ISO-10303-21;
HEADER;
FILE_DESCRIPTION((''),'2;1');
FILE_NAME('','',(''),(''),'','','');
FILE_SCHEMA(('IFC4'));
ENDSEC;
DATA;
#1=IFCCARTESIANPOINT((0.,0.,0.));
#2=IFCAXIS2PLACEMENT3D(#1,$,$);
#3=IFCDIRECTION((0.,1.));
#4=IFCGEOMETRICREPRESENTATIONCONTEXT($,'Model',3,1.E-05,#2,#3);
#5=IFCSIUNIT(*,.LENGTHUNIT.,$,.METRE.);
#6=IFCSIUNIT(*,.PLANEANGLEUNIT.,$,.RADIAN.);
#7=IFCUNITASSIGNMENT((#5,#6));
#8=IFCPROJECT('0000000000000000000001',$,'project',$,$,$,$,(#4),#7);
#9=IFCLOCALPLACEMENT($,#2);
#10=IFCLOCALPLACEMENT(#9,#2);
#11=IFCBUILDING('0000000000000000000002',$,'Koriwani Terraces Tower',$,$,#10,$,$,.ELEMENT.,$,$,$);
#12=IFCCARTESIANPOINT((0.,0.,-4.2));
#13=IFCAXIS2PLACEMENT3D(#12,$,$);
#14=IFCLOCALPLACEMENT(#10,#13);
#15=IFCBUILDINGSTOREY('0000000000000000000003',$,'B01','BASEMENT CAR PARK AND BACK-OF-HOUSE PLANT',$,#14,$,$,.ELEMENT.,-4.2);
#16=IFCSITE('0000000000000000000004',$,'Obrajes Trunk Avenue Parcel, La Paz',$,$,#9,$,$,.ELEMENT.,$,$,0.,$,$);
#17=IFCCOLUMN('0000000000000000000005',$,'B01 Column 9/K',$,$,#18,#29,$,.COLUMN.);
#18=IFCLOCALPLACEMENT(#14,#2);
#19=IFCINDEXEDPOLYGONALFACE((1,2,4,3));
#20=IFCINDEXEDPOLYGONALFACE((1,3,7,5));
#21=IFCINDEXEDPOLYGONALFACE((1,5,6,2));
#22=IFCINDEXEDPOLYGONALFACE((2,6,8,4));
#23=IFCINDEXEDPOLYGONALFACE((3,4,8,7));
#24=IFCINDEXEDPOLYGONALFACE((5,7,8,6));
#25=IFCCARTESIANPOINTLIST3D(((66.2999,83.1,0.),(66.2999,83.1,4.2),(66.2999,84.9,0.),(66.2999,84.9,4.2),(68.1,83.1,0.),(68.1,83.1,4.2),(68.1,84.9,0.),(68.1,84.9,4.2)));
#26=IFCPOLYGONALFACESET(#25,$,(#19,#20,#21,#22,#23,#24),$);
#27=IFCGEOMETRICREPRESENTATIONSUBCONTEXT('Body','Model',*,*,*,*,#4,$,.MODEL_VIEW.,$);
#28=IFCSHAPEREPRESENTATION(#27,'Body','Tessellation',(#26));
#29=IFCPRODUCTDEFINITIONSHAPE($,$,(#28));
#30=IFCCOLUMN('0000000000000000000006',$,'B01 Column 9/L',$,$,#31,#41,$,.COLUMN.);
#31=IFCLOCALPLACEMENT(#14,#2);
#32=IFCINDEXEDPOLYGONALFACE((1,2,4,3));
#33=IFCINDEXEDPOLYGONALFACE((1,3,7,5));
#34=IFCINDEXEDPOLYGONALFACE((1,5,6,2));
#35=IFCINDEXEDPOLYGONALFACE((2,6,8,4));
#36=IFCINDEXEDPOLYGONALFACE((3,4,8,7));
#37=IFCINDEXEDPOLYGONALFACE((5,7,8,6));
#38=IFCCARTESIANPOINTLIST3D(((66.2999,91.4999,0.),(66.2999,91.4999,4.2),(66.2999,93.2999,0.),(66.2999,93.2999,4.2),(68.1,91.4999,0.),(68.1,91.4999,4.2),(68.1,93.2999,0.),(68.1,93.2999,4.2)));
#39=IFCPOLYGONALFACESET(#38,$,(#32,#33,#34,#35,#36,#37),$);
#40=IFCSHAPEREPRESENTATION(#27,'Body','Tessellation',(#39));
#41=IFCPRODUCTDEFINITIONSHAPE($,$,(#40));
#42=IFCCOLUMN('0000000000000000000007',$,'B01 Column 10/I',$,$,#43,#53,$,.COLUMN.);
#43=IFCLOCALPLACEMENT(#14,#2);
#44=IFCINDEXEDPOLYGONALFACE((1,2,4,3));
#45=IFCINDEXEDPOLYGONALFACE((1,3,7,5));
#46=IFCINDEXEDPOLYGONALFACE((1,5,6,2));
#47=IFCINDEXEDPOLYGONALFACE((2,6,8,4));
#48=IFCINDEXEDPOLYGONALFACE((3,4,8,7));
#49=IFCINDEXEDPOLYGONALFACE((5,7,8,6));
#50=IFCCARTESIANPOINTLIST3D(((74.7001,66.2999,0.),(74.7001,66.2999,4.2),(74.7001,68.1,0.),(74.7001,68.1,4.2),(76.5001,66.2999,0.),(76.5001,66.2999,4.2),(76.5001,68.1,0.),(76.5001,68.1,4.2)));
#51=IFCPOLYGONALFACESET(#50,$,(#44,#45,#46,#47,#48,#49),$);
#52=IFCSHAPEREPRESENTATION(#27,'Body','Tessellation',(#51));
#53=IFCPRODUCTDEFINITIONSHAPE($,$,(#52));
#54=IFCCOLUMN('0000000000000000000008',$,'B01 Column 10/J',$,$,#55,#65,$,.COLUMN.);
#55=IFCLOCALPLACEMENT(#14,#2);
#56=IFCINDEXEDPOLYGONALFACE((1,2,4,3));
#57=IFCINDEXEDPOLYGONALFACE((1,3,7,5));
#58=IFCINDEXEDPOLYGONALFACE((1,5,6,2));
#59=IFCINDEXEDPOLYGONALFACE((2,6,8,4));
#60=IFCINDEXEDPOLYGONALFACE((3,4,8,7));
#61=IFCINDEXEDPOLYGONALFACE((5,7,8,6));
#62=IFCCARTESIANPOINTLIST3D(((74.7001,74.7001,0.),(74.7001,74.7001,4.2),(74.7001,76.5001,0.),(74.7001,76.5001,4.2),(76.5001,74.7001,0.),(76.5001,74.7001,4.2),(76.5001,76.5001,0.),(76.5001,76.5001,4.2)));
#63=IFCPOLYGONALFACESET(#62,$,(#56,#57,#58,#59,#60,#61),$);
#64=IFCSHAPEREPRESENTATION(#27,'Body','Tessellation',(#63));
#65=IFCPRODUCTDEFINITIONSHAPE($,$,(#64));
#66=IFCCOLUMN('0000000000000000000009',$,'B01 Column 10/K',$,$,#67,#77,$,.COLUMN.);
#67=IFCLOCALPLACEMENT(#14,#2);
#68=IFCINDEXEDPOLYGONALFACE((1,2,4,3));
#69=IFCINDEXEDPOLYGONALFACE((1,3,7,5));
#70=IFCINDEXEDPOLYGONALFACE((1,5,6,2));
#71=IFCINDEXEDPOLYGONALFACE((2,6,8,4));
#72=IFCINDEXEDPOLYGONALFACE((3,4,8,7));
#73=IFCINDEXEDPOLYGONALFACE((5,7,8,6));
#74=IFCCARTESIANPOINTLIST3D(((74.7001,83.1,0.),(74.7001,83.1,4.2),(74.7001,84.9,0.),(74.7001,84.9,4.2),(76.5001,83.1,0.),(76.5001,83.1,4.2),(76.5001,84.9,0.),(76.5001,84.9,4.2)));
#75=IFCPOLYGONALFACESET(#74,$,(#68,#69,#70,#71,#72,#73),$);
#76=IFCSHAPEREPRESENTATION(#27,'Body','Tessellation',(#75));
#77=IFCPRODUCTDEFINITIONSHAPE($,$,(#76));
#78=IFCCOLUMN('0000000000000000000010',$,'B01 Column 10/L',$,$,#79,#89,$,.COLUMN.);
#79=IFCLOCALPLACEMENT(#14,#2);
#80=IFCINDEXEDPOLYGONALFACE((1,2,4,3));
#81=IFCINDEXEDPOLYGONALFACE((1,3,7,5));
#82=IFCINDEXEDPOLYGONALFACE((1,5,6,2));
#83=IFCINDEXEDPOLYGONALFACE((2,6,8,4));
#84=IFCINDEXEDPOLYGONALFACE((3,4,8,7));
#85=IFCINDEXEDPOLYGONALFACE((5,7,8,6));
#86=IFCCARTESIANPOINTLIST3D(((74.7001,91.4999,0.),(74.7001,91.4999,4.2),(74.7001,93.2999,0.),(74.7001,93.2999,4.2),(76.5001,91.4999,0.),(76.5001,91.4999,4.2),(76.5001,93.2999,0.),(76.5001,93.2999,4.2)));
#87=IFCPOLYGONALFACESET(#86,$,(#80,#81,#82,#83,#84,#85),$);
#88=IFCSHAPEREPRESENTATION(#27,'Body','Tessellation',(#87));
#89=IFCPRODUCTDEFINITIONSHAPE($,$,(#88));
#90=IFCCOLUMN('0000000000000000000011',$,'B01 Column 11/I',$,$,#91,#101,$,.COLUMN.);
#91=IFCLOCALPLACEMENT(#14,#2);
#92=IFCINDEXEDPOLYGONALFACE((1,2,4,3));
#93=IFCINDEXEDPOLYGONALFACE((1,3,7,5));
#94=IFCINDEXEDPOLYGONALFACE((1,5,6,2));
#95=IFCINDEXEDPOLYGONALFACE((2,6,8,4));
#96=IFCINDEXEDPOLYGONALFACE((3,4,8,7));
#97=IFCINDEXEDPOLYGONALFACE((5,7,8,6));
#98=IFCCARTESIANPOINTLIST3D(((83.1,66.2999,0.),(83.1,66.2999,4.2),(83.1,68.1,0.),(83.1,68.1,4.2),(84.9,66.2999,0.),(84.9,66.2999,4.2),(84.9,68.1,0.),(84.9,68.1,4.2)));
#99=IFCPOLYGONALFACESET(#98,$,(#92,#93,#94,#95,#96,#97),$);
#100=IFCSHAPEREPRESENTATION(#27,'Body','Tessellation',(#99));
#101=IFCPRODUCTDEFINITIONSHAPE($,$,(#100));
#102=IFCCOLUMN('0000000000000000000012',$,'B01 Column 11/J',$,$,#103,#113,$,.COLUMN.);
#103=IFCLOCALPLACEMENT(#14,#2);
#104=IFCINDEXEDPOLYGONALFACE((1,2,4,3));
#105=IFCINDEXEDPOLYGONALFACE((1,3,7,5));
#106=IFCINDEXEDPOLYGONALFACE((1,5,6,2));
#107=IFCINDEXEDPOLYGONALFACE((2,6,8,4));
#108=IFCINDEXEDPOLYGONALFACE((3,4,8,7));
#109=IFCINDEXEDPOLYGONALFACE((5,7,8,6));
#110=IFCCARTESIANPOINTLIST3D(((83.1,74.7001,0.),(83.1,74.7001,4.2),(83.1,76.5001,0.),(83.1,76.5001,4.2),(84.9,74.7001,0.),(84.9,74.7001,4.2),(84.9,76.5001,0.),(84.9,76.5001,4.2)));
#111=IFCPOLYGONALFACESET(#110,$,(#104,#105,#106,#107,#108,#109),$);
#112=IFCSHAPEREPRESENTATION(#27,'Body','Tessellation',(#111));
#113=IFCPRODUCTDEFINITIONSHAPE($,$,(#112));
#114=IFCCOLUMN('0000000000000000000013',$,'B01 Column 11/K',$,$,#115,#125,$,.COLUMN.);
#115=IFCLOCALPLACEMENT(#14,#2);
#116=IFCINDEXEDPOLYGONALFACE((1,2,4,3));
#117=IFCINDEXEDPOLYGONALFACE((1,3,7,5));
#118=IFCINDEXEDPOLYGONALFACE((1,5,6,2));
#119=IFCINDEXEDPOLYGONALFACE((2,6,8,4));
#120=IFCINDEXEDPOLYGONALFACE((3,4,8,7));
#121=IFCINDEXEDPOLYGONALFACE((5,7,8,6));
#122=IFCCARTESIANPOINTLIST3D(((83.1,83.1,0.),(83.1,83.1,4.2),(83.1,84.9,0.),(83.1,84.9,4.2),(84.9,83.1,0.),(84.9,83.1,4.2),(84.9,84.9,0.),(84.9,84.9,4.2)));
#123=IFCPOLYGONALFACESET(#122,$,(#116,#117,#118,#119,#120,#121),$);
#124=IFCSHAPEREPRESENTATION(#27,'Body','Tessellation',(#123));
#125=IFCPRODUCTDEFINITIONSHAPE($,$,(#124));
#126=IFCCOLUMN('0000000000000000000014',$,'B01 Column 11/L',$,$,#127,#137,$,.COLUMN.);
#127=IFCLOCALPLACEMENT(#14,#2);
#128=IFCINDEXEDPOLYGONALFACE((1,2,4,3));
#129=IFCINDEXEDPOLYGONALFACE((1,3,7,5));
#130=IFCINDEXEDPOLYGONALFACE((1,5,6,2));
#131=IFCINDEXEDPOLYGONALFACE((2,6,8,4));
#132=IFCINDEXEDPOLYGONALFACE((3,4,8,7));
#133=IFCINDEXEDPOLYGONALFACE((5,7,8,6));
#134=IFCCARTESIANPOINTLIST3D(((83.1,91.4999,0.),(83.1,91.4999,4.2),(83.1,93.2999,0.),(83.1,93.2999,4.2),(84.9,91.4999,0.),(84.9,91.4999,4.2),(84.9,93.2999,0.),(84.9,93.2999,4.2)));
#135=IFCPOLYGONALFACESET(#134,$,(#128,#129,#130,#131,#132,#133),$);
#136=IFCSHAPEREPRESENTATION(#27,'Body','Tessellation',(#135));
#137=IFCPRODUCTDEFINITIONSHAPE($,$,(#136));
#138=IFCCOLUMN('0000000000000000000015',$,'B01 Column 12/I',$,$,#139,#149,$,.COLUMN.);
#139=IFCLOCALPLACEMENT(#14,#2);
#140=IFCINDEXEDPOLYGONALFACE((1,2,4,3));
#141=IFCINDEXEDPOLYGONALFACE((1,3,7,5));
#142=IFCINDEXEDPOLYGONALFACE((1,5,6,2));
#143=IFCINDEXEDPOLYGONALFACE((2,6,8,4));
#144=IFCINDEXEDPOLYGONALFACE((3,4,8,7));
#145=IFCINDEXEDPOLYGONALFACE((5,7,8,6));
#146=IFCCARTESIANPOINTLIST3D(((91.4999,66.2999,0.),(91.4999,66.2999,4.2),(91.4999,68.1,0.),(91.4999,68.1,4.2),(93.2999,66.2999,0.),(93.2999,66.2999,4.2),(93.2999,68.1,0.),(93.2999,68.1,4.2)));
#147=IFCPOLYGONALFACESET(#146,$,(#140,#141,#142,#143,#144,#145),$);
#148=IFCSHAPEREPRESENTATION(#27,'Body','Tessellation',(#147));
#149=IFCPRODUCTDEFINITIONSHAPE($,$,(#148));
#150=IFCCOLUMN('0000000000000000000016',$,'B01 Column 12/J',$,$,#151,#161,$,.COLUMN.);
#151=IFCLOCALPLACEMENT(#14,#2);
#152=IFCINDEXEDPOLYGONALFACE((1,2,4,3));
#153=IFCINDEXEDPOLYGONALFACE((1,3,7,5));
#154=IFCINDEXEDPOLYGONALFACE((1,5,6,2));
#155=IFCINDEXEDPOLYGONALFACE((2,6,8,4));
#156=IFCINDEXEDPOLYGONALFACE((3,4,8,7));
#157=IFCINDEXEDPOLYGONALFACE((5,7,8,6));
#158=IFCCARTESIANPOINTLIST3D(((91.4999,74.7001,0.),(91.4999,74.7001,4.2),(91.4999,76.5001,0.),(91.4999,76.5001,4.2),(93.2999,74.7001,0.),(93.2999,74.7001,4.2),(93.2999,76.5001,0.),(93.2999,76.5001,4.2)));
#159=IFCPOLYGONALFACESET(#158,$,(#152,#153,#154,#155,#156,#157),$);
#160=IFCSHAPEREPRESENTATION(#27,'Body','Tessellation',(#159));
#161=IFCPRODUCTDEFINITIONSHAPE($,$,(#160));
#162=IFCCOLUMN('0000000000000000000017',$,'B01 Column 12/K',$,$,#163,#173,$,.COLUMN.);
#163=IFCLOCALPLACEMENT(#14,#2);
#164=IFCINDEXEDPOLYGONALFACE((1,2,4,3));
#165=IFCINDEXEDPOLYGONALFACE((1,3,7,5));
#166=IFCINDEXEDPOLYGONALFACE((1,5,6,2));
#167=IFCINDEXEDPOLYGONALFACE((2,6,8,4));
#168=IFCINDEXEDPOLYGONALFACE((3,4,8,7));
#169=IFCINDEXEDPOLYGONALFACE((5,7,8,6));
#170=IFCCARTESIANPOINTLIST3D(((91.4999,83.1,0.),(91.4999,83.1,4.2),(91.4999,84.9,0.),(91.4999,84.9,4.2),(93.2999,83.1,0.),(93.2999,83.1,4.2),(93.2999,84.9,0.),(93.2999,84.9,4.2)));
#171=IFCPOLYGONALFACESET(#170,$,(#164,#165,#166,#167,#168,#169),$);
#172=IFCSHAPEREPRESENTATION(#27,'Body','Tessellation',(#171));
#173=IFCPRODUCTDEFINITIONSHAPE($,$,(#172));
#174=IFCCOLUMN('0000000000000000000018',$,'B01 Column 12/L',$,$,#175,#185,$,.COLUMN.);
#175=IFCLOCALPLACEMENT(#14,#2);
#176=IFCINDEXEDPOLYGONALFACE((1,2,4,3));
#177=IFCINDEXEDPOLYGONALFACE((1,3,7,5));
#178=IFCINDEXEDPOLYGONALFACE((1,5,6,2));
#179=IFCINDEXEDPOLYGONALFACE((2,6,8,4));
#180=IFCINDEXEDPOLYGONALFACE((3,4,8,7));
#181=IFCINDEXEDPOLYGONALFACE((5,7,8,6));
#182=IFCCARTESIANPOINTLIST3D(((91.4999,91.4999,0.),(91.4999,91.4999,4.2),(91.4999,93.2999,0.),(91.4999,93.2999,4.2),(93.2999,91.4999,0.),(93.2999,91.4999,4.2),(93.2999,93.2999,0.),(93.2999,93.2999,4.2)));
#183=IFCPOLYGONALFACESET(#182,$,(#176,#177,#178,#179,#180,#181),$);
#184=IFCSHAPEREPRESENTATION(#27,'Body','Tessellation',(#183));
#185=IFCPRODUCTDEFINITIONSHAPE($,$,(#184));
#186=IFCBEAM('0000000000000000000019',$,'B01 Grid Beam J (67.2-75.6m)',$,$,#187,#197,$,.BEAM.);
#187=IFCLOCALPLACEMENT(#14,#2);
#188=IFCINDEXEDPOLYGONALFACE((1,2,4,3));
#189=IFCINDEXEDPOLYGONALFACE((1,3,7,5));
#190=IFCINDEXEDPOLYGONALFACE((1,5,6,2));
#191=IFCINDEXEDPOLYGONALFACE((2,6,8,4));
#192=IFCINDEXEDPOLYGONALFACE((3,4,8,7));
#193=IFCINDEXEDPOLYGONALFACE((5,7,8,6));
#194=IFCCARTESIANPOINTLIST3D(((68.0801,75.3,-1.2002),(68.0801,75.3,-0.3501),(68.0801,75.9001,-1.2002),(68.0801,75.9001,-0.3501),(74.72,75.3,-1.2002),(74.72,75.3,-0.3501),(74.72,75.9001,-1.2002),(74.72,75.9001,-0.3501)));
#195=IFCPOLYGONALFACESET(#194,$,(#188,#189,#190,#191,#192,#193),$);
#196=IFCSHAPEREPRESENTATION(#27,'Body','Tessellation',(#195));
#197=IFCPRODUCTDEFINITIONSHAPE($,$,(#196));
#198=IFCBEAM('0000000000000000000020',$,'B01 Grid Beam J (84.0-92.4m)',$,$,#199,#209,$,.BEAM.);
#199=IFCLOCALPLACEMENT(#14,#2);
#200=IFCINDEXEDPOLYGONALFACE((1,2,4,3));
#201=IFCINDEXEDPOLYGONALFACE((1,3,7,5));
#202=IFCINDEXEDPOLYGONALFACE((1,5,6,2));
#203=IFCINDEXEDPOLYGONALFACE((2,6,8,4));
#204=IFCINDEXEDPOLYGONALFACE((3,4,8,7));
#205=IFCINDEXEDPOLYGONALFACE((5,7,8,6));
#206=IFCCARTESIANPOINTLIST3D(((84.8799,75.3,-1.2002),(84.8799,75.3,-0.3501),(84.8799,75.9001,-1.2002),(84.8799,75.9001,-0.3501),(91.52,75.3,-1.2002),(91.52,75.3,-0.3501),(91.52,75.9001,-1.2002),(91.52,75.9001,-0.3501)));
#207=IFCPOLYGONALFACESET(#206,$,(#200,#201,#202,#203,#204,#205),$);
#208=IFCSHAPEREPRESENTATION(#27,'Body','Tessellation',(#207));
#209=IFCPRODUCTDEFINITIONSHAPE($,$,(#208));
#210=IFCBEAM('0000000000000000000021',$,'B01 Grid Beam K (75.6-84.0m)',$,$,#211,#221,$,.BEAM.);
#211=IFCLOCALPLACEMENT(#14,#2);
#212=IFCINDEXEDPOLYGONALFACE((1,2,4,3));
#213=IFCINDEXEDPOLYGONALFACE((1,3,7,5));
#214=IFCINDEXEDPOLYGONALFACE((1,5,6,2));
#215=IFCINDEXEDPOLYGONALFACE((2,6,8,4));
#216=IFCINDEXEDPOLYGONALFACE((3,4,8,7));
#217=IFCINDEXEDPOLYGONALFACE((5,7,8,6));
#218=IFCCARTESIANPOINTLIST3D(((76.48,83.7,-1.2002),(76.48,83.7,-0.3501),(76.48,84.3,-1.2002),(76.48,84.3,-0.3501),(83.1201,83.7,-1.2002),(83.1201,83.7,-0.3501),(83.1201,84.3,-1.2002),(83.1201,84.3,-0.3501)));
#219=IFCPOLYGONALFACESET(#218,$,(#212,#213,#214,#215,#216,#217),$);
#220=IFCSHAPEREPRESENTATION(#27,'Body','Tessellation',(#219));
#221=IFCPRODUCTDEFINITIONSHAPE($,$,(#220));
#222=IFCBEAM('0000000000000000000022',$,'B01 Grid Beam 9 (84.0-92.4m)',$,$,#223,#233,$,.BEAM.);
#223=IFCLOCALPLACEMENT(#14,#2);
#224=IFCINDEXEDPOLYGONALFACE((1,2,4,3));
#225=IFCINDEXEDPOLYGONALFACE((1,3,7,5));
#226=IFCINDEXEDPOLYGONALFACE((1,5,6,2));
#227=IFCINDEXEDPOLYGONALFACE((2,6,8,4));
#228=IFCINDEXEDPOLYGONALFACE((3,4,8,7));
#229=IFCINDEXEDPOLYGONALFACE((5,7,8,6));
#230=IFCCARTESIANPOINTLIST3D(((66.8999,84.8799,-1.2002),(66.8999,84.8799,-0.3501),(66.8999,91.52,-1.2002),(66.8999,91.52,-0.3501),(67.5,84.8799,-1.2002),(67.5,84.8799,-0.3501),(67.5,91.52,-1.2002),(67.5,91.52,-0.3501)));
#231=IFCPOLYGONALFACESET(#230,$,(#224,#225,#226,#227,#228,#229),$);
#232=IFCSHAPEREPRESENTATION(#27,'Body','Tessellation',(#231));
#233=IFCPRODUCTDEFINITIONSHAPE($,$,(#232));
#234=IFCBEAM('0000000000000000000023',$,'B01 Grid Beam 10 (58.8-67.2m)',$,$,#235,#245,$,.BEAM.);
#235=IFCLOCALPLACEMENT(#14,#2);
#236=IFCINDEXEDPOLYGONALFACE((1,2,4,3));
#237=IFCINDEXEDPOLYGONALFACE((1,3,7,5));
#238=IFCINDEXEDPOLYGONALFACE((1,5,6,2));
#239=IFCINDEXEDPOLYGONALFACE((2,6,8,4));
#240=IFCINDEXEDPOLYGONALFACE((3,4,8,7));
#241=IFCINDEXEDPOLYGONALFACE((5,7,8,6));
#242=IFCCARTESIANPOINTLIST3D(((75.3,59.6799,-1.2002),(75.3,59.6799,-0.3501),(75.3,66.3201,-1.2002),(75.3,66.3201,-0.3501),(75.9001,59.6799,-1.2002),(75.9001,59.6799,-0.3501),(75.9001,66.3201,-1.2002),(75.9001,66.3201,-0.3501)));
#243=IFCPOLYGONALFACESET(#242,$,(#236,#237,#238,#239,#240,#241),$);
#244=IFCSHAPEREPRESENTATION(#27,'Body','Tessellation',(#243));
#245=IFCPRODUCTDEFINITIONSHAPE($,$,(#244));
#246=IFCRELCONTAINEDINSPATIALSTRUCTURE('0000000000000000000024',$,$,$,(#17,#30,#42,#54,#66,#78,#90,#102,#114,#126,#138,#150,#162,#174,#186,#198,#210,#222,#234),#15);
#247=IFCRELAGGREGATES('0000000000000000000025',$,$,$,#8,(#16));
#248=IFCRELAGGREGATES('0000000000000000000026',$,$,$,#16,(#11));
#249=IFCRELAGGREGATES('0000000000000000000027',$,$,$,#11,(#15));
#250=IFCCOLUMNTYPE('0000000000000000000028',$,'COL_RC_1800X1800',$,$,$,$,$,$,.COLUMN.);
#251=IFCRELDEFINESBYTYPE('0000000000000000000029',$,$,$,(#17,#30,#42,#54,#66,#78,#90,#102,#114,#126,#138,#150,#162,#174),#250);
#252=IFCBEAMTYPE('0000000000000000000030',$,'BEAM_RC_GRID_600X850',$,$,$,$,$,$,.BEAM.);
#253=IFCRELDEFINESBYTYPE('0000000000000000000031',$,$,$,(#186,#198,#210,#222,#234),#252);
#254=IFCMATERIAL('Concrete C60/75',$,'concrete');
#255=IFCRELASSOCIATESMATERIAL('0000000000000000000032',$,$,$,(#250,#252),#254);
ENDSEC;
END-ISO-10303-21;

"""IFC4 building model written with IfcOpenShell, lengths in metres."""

from ifc_helpers import new_model, si_unit, direction, frame, origin, origin_2d, place, context, subcontext, project, spatial, rectangle, extrude, material, material_profile, profile_set, type_object, element, save


model = new_model("IFC4")

# Units and contexts
model_context = context("Model", 3, precision=1e-05, world=origin(), true_north=direction((0.0, 1.0)))
body_context = subcontext(model_context, "Body", "Model", "MODEL_VIEW")
ifc_project = project(units=[si_unit("LENGTHUNIT", "METRE"), si_unit("PLANEANGLEUNIT", "RADIAN")], contexts=[model_context])

# Site, building, storey
site_placement = place(None, origin())
site = spatial("IfcSite", under=ifc_project, at=site_placement, Name="Obrajes Trunk Avenue Parcel, La Paz", CompositionType="ELEMENT", RefElevation=0.0)
building_placement = place(site_placement, origin())
building = spatial("IfcBuilding", under=site, at=building_placement, Name="Koriwani Terraces Tower", CompositionType="ELEMENT")
storey_placement = place(building_placement, frame((0.0, 0.0, -4.2)))
storey = spatial("IfcBuildingStorey", under=building, at=storey_placement, Name="B01", Description="BASEMENT CAR PARK AND BACK-OF-HOUSE PLANT", CompositionType="ELEMENT", Elevation=-4.2)

# Columns
ifc_material_1 = material(Name="Concrete C60/75", Category="concrete")
ifc_material_profile_1 = material_profile(ifc_material_1, rectangle(XDim=1.8, YDim=1.8, at=origin_2d()), Name="Concrete C60/75", Category="LoadBearing")
ifc_profile_set_1 = profile_set([ifc_material_profile_1], Name="Concrete C60/75")
column_type = type_object("IfcColumnType", Name="COL_RC_1800X1800", PredefinedType="COLUMN", material=ifc_profile_set_1)
for number, where, z_axis, x_axis, name in (
    (1, (67.2, 84.0, 0.0), (0.0, 0.0, 1.0), (1.0, 0.0, 0.0), "B01 Column 9/K"),
    (2, (67.2, 92.3999, 0.0), (0.0, 0.0, 1.0), (1.0, 0.0, 0.0), "B01 Column 9/L"),
    (3, (75.6001, 67.2, 0.0), (0.0, 0.0, 1.0), (1.0, 0.0, 0.0), "B01 Column 10/I"),
    (4, (75.6001, 75.6001, 0.0), (0.0, 0.0, 1.0), (1.0, 0.0, 0.0), "B01 Column 10/J"),
    (5, (75.6001, 84.0, 0.0), (0.0, 0.0, 1.0), (1.0, 0.0, 0.0), "B01 Column 10/K"),
    (6, (75.6001, 92.3999, 0.0), (0.0, 0.0, 1.0), (1.0, 0.0, 0.0), "B01 Column 10/L"),
    (7, (84.0, 67.2, 0.0), (0.0, 0.0, 1.0), (1.0, 0.0, 0.0), "B01 Column 11/I"),
    (8, (84.0, 75.6001, 0.0), (0.0, 0.0, 1.0), (1.0, 0.0, 0.0), "B01 Column 11/J"),
    (9, (84.0, 84.0, 0.0), (0.0, 0.0, 1.0), (1.0, 0.0, 0.0), "B01 Column 11/K"),
    (10, (84.0, 92.3999, 0.0), (0.0, 0.0, 1.0), (1.0, 0.0, 0.0), "B01 Column 11/L"),
    (11, (92.3999, 67.2, 0.0), (0.0, 0.0, 1.0), (1.0, 0.0, 0.0), "B01 Column 12/I"),
    (12, (92.3999, 75.6001, 0.0), (0.0, 0.0, 1.0), (1.0, 0.0, 0.0), "B01 Column 12/J"),
    (13, (92.3999, 84.0, 0.0), (0.0, 0.0, 1.0), (1.0, 0.0, 0.0), "B01 Column 12/K"),
    (14, (92.3999, 92.3999, 0.0), (0.0, 0.0, 1.0), (1.0, 0.0, 0.0), "B01 Column 12/L"),
):
    element("IfcColumn", number, at=place(storey_placement, frame(where, z_axis=z_axis, x_axis=x_axis)), inside=storey, type_object=column_type, Name=name, PredefinedType="COLUMN", context=body_context, shape_type="SweptSolid", body=[
        extrude(rectangle(XDim=1.8, YDim=1.8, at=origin_2d()), origin(), (0.0, 0.0, 1.0), 4.2),
    ])

# Beams
ifc_material_profile_2 = material_profile(ifc_material_1, rectangle(XDim=0.6001, YDim=0.8501, at=origin_2d()), Name="Concrete C60/75", Category="LoadBearing")
ifc_profile_set_2 = profile_set([ifc_material_profile_2], Name="Concrete C60/75")
beam_type_1 = type_object("IfcBeamType", Name="BEAM_RC_GRID_600X850", PredefinedType="BEAM", material=ifc_profile_set_2)
beam_1_placement = place(storey_placement, frame((68.0801, 75.6001, -0.7751), z_axis=(1.0, 0.0, 0.0), x_axis=(0.0, 1.0, 0.0)))
element("IfcBeam", 15, at=beam_1_placement, inside=storey, type_object=beam_type_1, Name="B01 Grid Beam J (67.2-75.6m)", PredefinedType="BEAM", context=body_context, shape_type="SweptSolid", body=[
    extrude(rectangle(XDim=0.6001, YDim=0.8501, at=origin_2d()), origin(), (0.0, 0.0, 1.0), 6.6399),
])
for number, where, z_axis, x_axis, name in (
    (16, (84.8799, 75.6001, -0.7751), (1.0, 0.0, 0.0), (0.0, 1.0, 0.0), "B01 Grid Beam J (84.0-92.4m)"),
    (17, (76.48, 84.0, -0.7751), (1.0, 0.0, 0.0), (0.0, 1.0, 0.0), "B01 Grid Beam K (75.6-84.0m)"),
    (18, (67.2, 84.8799, -0.7751), (0.0, 1.0, 0.0), (-1.0, 0.0, 0.0), "B01 Grid Beam 9 (84.0-92.4m)"),
    (19, (75.6001, 59.6799, -0.7751), (0.0, 1.0, 0.0), (-1.0, 0.0, 0.0), "B01 Grid Beam 10 (58.8-67.2m)"),
):
    element("IfcBeam", number, at=place(storey_placement, frame(where, z_axis=z_axis, x_axis=x_axis)), inside=storey, type_object=beam_type_1, Name=name, PredefinedType="BEAM", context=body_context, shape_type="SweptSolid", body=[
        extrude(rectangle(XDim=0.6001, YDim=0.8501, at=origin_2d()), origin(), (0.0, 0.0, 1.0), 6.6401),
    ])

save(model, "model.ifc")
